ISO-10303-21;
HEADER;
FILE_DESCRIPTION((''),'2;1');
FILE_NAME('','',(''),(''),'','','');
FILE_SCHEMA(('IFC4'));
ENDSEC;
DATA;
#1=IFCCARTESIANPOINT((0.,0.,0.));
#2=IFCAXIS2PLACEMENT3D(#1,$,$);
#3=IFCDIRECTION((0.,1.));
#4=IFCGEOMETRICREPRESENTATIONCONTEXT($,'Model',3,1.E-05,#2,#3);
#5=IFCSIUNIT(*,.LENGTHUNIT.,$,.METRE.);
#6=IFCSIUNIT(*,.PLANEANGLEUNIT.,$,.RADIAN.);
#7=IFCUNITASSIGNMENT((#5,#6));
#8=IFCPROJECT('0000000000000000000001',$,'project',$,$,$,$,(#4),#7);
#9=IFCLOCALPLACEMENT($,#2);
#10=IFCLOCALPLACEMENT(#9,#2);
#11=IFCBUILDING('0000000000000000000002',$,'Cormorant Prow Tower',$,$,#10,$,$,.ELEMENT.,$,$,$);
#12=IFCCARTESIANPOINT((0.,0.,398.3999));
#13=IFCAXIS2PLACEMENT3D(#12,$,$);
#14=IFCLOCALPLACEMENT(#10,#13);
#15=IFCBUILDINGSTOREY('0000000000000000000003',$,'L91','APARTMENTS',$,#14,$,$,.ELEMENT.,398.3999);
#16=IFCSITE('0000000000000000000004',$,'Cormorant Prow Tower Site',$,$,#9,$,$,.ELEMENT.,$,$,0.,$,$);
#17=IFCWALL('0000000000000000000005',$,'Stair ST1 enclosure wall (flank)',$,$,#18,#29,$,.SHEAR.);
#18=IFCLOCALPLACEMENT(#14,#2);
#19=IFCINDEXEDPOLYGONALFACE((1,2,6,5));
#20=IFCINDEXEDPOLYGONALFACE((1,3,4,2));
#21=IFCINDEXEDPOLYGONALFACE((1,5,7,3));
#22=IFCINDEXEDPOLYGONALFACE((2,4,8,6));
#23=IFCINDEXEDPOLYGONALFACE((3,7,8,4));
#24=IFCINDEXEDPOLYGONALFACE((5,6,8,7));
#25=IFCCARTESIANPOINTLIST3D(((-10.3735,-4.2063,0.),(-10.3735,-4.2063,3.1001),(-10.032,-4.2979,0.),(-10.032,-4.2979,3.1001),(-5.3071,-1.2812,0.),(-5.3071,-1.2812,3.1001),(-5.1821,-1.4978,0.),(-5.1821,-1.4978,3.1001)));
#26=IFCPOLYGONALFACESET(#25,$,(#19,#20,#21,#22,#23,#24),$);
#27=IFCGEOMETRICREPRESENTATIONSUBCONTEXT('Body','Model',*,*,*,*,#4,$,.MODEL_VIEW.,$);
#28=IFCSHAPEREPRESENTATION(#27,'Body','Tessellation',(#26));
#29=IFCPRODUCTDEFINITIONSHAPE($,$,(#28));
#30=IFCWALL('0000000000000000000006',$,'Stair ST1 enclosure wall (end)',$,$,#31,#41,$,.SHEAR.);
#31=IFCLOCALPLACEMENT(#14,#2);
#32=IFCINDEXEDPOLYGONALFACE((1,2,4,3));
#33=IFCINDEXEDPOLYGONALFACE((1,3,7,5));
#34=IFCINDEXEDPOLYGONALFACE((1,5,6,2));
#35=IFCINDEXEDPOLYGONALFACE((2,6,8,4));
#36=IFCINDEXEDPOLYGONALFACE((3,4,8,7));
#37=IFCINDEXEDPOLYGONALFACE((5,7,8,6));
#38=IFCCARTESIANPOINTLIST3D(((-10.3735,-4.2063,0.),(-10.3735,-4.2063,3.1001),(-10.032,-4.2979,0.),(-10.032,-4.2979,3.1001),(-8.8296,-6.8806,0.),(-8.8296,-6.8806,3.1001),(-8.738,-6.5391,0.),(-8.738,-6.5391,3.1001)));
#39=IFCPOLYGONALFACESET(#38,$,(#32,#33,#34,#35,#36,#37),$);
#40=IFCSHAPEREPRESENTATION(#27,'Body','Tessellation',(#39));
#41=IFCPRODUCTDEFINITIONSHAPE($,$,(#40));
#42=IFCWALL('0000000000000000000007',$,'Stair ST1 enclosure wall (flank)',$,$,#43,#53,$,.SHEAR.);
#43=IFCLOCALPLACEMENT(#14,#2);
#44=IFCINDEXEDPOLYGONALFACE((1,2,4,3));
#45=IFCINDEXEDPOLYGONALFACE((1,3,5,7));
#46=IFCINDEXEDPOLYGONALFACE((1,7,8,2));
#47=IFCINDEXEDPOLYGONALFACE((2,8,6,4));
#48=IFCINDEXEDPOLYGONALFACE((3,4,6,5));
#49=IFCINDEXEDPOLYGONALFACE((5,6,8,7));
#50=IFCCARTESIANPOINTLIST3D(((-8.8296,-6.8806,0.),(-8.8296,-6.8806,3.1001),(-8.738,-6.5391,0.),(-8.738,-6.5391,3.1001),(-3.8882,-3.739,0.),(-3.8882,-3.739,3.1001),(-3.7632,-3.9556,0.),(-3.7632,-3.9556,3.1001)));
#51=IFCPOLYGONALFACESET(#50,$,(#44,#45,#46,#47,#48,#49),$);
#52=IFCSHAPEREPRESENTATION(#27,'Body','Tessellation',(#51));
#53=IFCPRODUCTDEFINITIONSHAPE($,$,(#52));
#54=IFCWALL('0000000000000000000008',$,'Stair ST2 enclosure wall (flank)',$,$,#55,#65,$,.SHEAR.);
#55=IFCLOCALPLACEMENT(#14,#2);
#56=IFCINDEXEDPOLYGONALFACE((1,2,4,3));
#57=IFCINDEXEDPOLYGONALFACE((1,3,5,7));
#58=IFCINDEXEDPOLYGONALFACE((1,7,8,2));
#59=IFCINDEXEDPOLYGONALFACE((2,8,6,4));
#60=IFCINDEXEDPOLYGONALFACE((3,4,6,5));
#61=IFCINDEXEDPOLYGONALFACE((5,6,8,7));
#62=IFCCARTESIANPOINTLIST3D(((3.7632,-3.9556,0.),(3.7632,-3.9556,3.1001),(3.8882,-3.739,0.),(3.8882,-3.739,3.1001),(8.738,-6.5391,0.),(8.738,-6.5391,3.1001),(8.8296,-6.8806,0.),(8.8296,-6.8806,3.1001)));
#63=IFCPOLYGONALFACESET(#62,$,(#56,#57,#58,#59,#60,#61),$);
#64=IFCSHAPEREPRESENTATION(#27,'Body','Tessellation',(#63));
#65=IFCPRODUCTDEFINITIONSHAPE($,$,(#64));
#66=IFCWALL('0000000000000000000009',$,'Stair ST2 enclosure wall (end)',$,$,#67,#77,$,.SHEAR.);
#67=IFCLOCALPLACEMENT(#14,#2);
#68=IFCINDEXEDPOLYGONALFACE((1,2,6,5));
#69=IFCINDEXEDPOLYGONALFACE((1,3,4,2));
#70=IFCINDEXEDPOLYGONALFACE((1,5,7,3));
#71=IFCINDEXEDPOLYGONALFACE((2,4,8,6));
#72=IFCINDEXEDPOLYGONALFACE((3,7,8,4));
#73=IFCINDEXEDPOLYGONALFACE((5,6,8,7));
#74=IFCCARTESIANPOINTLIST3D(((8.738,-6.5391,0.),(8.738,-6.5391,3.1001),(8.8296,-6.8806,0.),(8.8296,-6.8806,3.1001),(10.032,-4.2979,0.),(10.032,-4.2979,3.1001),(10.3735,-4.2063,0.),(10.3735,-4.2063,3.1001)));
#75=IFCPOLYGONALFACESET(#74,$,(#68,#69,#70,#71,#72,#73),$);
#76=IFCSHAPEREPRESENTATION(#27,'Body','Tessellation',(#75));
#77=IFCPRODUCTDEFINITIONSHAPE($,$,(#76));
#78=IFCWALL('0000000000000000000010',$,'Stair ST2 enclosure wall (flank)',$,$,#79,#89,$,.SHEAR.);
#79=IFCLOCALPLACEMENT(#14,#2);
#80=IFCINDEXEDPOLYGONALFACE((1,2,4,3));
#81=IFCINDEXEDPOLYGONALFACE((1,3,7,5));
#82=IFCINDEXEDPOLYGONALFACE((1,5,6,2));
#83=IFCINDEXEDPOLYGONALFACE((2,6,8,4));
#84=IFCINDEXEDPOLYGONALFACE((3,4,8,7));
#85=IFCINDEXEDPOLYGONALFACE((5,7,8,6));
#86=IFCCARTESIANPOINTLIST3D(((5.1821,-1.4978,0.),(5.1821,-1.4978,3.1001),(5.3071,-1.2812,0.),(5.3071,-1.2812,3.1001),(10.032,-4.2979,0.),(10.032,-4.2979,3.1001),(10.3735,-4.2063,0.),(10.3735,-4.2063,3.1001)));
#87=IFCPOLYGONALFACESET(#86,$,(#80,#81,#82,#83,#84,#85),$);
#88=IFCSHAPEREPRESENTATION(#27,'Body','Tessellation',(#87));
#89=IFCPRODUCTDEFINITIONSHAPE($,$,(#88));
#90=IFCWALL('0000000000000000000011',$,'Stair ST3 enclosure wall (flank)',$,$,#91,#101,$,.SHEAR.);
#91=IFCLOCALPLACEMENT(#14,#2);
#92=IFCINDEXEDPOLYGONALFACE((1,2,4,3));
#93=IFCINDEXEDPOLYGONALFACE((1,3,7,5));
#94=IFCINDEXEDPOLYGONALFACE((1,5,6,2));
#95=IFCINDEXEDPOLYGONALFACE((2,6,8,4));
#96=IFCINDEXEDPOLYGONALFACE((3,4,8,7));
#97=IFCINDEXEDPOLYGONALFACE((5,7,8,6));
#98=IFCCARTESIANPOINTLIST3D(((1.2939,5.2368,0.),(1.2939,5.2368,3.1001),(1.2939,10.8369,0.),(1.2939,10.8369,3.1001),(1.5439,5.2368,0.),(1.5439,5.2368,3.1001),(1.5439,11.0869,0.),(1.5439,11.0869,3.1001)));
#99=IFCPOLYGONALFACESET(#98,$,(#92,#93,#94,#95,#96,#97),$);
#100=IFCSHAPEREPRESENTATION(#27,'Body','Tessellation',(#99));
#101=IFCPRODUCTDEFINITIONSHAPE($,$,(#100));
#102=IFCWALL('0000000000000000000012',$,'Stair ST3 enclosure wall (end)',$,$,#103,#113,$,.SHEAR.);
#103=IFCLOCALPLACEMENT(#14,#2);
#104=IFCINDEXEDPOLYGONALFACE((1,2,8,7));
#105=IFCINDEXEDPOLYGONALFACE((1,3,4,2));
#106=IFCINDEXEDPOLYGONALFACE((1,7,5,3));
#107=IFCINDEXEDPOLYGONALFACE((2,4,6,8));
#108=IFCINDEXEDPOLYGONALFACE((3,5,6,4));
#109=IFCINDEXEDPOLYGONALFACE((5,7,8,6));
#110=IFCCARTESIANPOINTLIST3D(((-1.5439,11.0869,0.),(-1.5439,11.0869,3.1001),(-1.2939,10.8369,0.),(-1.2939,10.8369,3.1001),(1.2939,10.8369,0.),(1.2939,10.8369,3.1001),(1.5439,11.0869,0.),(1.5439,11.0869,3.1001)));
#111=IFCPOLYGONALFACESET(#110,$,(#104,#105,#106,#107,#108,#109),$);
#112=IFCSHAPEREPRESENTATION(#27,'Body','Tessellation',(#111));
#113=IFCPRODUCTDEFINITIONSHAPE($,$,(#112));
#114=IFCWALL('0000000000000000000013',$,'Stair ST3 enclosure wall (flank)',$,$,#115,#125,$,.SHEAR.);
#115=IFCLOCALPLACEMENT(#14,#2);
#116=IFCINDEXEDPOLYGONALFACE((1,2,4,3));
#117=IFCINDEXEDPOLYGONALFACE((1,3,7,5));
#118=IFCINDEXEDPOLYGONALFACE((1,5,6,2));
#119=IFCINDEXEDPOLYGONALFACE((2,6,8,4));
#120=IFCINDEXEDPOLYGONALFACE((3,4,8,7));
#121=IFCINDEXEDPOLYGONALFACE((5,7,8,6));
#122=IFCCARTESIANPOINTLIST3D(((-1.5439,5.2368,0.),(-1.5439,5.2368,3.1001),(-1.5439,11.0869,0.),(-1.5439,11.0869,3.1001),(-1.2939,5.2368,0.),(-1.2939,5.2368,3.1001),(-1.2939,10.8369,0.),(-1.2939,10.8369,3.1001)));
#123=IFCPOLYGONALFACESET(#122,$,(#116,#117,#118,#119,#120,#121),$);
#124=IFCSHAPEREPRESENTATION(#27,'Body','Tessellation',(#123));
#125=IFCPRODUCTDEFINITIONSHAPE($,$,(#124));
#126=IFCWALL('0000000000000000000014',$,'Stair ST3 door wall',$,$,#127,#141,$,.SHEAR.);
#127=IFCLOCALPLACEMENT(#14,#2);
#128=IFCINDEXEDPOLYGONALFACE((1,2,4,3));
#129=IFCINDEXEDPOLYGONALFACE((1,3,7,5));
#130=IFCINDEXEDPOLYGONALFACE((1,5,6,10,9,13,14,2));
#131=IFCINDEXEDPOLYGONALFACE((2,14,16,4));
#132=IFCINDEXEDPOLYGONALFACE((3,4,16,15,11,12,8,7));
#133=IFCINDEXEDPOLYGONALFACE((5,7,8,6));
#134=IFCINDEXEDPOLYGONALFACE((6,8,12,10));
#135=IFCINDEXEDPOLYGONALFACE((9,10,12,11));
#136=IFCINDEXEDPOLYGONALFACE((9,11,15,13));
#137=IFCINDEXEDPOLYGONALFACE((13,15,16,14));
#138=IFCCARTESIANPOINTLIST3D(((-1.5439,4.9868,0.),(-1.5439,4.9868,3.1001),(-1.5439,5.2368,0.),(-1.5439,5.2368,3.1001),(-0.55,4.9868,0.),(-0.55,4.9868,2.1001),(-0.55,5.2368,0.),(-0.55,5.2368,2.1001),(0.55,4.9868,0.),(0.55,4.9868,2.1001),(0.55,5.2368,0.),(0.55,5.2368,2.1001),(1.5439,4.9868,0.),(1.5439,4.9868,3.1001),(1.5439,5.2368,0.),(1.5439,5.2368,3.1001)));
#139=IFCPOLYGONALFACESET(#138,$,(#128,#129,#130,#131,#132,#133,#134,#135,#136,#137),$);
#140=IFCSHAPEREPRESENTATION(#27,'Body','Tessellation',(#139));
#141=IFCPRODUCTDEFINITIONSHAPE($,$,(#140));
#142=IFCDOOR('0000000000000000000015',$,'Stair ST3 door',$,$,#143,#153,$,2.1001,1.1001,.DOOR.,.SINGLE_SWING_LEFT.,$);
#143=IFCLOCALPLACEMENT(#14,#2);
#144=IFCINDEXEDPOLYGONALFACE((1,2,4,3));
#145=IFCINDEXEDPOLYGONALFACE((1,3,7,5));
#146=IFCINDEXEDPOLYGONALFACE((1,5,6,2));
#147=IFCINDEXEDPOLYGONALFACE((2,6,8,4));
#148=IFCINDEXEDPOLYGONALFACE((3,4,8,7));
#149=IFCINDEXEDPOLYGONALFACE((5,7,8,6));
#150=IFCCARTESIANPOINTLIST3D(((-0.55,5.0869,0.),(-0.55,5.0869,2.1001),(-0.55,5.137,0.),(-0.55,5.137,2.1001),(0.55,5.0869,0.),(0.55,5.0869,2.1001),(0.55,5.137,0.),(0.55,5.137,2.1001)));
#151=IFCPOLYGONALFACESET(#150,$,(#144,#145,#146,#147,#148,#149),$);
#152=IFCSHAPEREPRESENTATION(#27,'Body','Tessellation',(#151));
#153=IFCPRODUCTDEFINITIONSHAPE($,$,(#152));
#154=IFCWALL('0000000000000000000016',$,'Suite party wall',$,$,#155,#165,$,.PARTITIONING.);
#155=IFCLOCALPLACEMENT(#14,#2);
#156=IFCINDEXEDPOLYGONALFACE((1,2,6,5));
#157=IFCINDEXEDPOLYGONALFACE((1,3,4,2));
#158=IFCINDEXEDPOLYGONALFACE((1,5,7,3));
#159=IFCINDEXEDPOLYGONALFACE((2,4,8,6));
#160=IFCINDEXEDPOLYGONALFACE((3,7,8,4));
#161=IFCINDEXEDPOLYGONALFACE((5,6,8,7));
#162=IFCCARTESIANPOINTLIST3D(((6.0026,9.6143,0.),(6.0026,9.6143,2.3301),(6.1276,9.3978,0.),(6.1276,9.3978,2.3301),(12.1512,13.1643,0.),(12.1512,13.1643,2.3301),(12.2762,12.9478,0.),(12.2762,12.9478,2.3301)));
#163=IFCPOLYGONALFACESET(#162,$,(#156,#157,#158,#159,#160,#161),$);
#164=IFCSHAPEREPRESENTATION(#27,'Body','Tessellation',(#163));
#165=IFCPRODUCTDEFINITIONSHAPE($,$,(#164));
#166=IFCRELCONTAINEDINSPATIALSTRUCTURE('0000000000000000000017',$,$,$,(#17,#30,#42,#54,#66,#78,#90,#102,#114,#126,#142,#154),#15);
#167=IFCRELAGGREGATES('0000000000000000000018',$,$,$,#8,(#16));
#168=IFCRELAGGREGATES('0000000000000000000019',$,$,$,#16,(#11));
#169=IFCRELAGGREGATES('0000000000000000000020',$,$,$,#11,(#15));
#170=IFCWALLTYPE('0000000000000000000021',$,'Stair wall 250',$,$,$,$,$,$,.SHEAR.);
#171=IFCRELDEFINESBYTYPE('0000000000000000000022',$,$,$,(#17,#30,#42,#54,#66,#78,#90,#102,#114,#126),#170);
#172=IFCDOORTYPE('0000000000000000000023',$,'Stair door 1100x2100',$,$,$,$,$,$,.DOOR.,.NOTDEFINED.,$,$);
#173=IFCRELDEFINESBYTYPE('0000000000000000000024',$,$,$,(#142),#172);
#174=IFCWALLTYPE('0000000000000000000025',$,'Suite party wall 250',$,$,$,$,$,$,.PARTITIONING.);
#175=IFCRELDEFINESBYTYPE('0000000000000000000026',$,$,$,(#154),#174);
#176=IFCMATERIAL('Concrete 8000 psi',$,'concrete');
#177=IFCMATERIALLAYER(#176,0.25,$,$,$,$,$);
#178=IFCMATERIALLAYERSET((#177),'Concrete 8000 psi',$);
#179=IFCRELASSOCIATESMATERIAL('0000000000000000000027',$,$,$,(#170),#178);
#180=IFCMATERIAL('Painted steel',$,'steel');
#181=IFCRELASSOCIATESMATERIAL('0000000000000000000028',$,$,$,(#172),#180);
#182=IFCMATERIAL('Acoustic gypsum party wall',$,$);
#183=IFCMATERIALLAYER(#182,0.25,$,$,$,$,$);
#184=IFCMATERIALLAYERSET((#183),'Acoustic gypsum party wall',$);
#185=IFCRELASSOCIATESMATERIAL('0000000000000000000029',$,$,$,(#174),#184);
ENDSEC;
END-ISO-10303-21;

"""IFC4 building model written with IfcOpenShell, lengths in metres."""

from ifc_helpers import new_model, si_unit, direction, frame, frame_2d, origin, place, context, subcontext, project, spatial, polyline, rectangle, outline, extrude, material, layer, layer_set, type_object, element, fill, save


model = new_model("IFC4")

# Units and contexts
model_context = context("Model", 3, precision=1e-05, world=origin(), true_north=direction((0.0, 1.0)))
body_context = subcontext(model_context, "Body", "Model", "MODEL_VIEW")
ifc_project = project(units=[si_unit("LENGTHUNIT", "METRE"), si_unit("PLANEANGLEUNIT", "RADIAN")], contexts=[model_context])

# Site, building, storey
site_placement = place(None, origin())
site = spatial("IfcSite", under=ifc_project, at=site_placement, Name="Cormorant Prow Tower Site", CompositionType="ELEMENT", RefElevation=0.0)
building_placement = place(site_placement, origin())
building = spatial("IfcBuilding", under=site, at=building_placement, Name="Cormorant Prow Tower", CompositionType="ELEMENT")
storey_placement = place(building_placement, frame((0.0, 0.0, 398.3999)))
storey = spatial("IfcBuildingStorey", under=building, at=storey_placement, Name="L91", Description="APARTMENTS", CompositionType="ELEMENT", Elevation=398.3999)

# Walls
ifc_material_1 = material(Name="Concrete 8000 psi", Category="concrete")
ifc_layer_1 = layer(ifc_material_1, 0.25)
ifc_layer_set_1 = layer_set([ifc_layer_1], Name="Concrete 8000 psi")
wall_type_1 = type_object("IfcWallType", Name="Stair wall 250", PredefinedType="SHEAR", material=ifc_layer_set_1)
wall_1_placement = place(storey_placement, origin())
element("IfcWall", 1, at=wall_1_placement, inside=storey, type_object=wall_type_1, Name="Stair ST1 enclosure wall (flank)", PredefinedType="SHEAR", context=body_context, shape_type="SweptSolid", body=[
    extrude(outline(polyline([(-5.3071, -1.2812), (-10.3735, -4.2063), (-10.032, -4.2979), (-5.1821, -1.4978), (-5.3071, -1.2812)])), origin(), (0.0, 0.0, 1.0), 3.1001),
])
wall_2_placement = place(storey_placement, origin())
element("IfcWall", 2, at=wall_2_placement, inside=storey, type_object=wall_type_1, Name="Stair ST1 enclosure wall (end)", PredefinedType="SHEAR", context=body_context, shape_type="SweptSolid", body=[
    extrude(outline(polyline([(-10.3735, -4.2063), (-8.8296, -6.8806), (-8.738, -6.5391), (-10.032, -4.2979), (-10.3735, -4.2063)])), origin(), (0.0, 0.0, 1.0), 3.1001),
])
wall_3_placement = place(storey_placement, origin())
element("IfcWall", 3, at=wall_3_placement, inside=storey, type_object=wall_type_1, Name="Stair ST1 enclosure wall (flank)", PredefinedType="SHEAR", context=body_context, shape_type="SweptSolid", body=[
    extrude(outline(polyline([(-8.738, -6.5391), (-8.8296, -6.8806), (-3.7632, -3.9556), (-3.8882, -3.739), (-8.738, -6.5391)])), origin(), (0.0, 0.0, 1.0), 3.1001),
])
wall_4_placement = place(storey_placement, origin())
element("IfcWall", 4, at=wall_4_placement, inside=storey, type_object=wall_type_1, Name="Stair ST2 enclosure wall (flank)", PredefinedType="SHEAR", context=body_context, shape_type="SweptSolid", body=[
    extrude(outline(polyline([(3.7632, -3.9556), (8.8296, -6.8806), (8.738, -6.5391), (3.8882, -3.739), (3.7632, -3.9556)])), origin(), (0.0, 0.0, 1.0), 3.1001),
])
wall_5_placement = place(storey_placement, origin())
element("IfcWall", 5, at=wall_5_placement, inside=storey, type_object=wall_type_1, Name="Stair ST2 enclosure wall (end)", PredefinedType="SHEAR", context=body_context, shape_type="SweptSolid", body=[
    extrude(outline(polyline([(8.8296, -6.8806), (10.3735, -4.2063), (10.032, -4.2979), (8.738, -6.5391), (8.8296, -6.8806)])), origin(), (0.0, 0.0, 1.0), 3.1001),
])
wall_6_placement = place(storey_placement, origin())
element("IfcWall", 6, at=wall_6_placement, inside=storey, type_object=wall_type_1, Name="Stair ST2 enclosure wall (flank)", PredefinedType="SHEAR", context=body_context, shape_type="SweptSolid", body=[
    extrude(outline(polyline([(10.032, -4.2979), (10.3735, -4.2063), (5.3071, -1.2812), (5.1821, -1.4978), (10.032, -4.2979)])), origin(), (0.0, 0.0, 1.0), 3.1001),
])
wall_7_placement = place(storey_placement, origin())
element("IfcWall", 7, at=wall_7_placement, inside=storey, type_object=wall_type_1, Name="Stair ST3 enclosure wall (flank)", PredefinedType="SHEAR", context=body_context, shape_type="SweptSolid", body=[
    extrude(outline(polyline([(1.5439, 5.2368), (1.5439, 11.0869), (1.2939, 10.8369), (1.2939, 5.2368), (1.5439, 5.2368)])), origin(), (0.0, 0.0, 1.0), 3.1001),
])
wall_8_placement = place(storey_placement, origin())
element("IfcWall", 8, at=wall_8_placement, inside=storey, type_object=wall_type_1, Name="Stair ST3 enclosure wall (end)", PredefinedType="SHEAR", context=body_context, shape_type="SweptSolid", body=[
    extrude(outline(polyline([(1.5439, 11.0869), (-1.5439, 11.0869), (-1.2939, 10.8369), (1.2939, 10.8369), (1.5439, 11.0869)])), origin(), (0.0, 0.0, 1.0), 3.1001),
])
wall_9_placement = place(storey_placement, origin())
element("IfcWall", 9, at=wall_9_placement, inside=storey, type_object=wall_type_1, Name="Stair ST3 enclosure wall (flank)", PredefinedType="SHEAR", context=body_context, shape_type="SweptSolid", body=[
    extrude(outline(polyline([(-1.2939, 10.8369), (-1.5439, 11.0869), (-1.5439, 5.2368), (-1.2939, 5.2368), (-1.2939, 10.8369)])), origin(), (0.0, 0.0, 1.0), 3.1001),
])

# Wall, opening, door
wall_10_placement = place(storey_placement, frame((1.5439, 5.1118, 0.0), z_axis=(0.0, 0.0, 1.0), x_axis=(-1.0, 0.0, 0.0)))
wall_10 = element("IfcWall", 10, at=wall_10_placement, inside=storey, type_object=wall_type_1, Name="Stair ST3 door wall", PredefinedType="SHEAR", context=body_context, shape_type="SweptSolid", body=[
    extrude(rectangle(XDim=3.0879, YDim=0.25, at=frame_2d((1.5439, 0.0))), origin(), (0.0, 0.0, 1.0), 3.1001),
])
opening_placement = place(wall_10_placement, frame((0.9939, 0.0, 0.0)))
opening = element("IfcOpeningElement", 11, at=opening_placement, cuts=wall_10, PredefinedType="OPENING", context=body_context, shape_type="SweptSolid", body=[
    extrude(rectangle(XDim=1.1001, YDim=2.1001, at=frame_2d((0.55, 1.05))), frame((0.0, 0.135, 0.0), z_axis=(0.0, -1.0, 0.0), x_axis=(1.0, 0.0, 0.0)), (0.0, 0.0, 1.0), 0.27),
])
ifc_material_2 = material(Name="Painted steel", Category="steel")
door_type = type_object("IfcDoorType", Name="Stair door 1100x2100", OperationType="NOTDEFINED", PredefinedType="DOOR", material=ifc_material_2)
door_placement = place(opening_placement, origin())
door = element("IfcDoor", 12, at=door_placement, inside=storey, type_object=door_type, Name="Stair ST3 door", OperationType="SINGLE_SWING_LEFT", OverallHeight=2.1001, OverallWidth=1.1001, PredefinedType="DOOR", context=body_context, shape_type="SweptSolid", body=[
    extrude(rectangle(XDim=1.1001, YDim=2.1001, at=frame_2d((0.55, 1.05))), frame((0.0, 0.0249, 0.0), z_axis=(0.0, -1.0, 0.0), x_axis=(1.0, 0.0, 0.0)), (0.0, 0.0, 1.0), 0.05),
])
fill(opening, door)

# Wall
ifc_material_3 = material(Name="Acoustic gypsum party wall")
ifc_layer_2 = layer(ifc_material_3, 0.25)
ifc_layer_set_2 = layer_set([ifc_layer_2], Name="Acoustic gypsum party wall")
wall_type_2 = type_object("IfcWallType", Name="Suite party wall 250", PredefinedType="PARTITIONING", material=ifc_layer_set_2)
wall_11_placement = place(storey_placement, frame((6.0652, 9.5061, 0.0), z_axis=(0.0, 0.0, 1.0), x_axis=(0.866019, 0.500011, 0.0)))
element("IfcWall", 13, at=wall_11_placement, inside=storey, type_object=wall_type_2, Name="Suite party wall", PredefinedType="PARTITIONING", context=body_context, shape_type="SweptSolid", body=[
    extrude(rectangle(XDim=7.0999, YDim=0.25, at=frame_2d((3.5498, 0.0))), origin(), (0.0, 0.0, 1.0), 2.3301),
])

save(model, "model.ifc")
